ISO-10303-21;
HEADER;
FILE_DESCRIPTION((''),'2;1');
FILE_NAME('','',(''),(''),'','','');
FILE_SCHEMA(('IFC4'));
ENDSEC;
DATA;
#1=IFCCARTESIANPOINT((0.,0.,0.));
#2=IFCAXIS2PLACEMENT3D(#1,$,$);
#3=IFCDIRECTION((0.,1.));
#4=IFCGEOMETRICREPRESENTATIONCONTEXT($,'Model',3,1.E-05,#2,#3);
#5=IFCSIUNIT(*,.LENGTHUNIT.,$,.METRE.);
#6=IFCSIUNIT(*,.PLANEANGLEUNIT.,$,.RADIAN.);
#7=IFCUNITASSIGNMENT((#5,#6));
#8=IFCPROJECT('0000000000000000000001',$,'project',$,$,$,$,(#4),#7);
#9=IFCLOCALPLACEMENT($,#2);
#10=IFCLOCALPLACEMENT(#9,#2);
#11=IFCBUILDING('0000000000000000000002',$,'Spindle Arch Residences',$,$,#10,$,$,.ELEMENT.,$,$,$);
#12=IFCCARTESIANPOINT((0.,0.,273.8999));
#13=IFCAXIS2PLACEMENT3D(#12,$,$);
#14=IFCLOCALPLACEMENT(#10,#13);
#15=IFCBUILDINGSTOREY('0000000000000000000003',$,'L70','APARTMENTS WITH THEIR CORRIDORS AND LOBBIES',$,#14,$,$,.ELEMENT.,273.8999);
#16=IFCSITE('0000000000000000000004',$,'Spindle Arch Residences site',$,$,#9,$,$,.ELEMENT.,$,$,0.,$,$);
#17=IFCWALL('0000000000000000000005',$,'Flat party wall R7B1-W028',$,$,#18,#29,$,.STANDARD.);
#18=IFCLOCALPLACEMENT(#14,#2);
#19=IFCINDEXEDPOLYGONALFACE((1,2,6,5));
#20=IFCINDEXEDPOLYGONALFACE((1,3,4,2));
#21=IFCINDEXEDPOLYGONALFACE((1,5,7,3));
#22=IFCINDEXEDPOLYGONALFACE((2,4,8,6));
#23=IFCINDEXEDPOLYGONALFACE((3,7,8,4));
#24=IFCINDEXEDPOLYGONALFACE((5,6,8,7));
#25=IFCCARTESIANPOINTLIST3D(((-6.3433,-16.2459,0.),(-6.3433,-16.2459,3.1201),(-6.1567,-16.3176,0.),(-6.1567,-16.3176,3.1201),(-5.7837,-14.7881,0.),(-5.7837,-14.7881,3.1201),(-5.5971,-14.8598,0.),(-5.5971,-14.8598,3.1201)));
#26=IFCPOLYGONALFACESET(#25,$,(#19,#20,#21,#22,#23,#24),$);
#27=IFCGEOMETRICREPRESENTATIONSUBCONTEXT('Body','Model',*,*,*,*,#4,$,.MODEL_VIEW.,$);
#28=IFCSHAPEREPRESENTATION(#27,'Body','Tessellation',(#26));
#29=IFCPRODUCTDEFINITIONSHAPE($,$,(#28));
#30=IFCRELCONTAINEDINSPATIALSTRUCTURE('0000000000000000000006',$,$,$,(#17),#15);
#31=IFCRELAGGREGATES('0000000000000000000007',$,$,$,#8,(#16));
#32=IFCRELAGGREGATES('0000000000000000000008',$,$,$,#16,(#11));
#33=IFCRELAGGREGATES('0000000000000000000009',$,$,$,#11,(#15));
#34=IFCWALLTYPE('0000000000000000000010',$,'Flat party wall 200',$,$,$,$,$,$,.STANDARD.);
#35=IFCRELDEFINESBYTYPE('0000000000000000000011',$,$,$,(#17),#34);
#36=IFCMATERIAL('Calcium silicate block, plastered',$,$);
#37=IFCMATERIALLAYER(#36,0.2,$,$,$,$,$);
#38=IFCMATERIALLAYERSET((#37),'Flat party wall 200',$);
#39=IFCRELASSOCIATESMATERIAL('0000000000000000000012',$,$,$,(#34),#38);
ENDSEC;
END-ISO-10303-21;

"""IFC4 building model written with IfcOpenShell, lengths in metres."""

from ifc_helpers import new_model, si_unit, direction, frame, frame_2d, origin, place, context, subcontext, project, spatial, rectangle, extrude, material, layer, layer_set, type_object, element, save


model = new_model("IFC4")

# Units and contexts
model_context = context("Model", 3, precision=1e-05, world=origin(), true_north=direction((0.0, 1.0)))
body_context = subcontext(model_context, "Body", "Model", "MODEL_VIEW")
ifc_project = project(units=[si_unit("LENGTHUNIT", "METRE"), si_unit("PLANEANGLEUNIT", "RADIAN")], contexts=[model_context])

# Site, building, storey
site_placement = place(None, origin())
site = spatial("IfcSite", under=ifc_project, at=site_placement, Name="Spindle Arch Residences site", CompositionType="ELEMENT", RefElevation=0.0)
building_placement = place(site_placement, origin())
building = spatial("IfcBuilding", under=site, at=building_placement, Name="Spindle Arch Residences", CompositionType="ELEMENT")
storey_placement = place(building_placement, frame((0.0, 0.0, 273.8999)))
storey = spatial("IfcBuildingStorey", under=building, at=storey_placement, Name="L70", Description="APARTMENTS WITH THEIR CORRIDORS AND LOBBIES", CompositionType="ELEMENT", Elevation=273.8999)

# Wall
ifc_material_1 = material(Name="Calcium silicate block, plastered")
ifc_layer_1 = layer(ifc_material_1, 0.2)
ifc_layer_set_1 = layer_set([ifc_layer_1], Name="Flat party wall 200")
wall_type_1 = type_object("IfcWallType", Name="Flat party wall 200", PredefinedType="STANDARD", material=ifc_layer_set_1)
wall_1_placement = place(storey_placement, frame((-6.25, -16.2817, 0.0), z_axis=(0.0, 0.0, 1.0), x_axis=(0.358361, 0.933583, 0.0)))
element("IfcWall", 1, at=wall_1_placement, inside=storey, type_object=wall_type_1, Name="Flat party wall R7B1-W028", PredefinedType="STANDARD", context=body_context, shape_type="SweptSolid", body=[
    extrude(rectangle(XDim=1.5615, YDim=0.2, at=frame_2d((0.7808, 0.0))), origin(), (0.0, 0.0, 1.0), 3.1201),
])

save(model, "model.ifc")
